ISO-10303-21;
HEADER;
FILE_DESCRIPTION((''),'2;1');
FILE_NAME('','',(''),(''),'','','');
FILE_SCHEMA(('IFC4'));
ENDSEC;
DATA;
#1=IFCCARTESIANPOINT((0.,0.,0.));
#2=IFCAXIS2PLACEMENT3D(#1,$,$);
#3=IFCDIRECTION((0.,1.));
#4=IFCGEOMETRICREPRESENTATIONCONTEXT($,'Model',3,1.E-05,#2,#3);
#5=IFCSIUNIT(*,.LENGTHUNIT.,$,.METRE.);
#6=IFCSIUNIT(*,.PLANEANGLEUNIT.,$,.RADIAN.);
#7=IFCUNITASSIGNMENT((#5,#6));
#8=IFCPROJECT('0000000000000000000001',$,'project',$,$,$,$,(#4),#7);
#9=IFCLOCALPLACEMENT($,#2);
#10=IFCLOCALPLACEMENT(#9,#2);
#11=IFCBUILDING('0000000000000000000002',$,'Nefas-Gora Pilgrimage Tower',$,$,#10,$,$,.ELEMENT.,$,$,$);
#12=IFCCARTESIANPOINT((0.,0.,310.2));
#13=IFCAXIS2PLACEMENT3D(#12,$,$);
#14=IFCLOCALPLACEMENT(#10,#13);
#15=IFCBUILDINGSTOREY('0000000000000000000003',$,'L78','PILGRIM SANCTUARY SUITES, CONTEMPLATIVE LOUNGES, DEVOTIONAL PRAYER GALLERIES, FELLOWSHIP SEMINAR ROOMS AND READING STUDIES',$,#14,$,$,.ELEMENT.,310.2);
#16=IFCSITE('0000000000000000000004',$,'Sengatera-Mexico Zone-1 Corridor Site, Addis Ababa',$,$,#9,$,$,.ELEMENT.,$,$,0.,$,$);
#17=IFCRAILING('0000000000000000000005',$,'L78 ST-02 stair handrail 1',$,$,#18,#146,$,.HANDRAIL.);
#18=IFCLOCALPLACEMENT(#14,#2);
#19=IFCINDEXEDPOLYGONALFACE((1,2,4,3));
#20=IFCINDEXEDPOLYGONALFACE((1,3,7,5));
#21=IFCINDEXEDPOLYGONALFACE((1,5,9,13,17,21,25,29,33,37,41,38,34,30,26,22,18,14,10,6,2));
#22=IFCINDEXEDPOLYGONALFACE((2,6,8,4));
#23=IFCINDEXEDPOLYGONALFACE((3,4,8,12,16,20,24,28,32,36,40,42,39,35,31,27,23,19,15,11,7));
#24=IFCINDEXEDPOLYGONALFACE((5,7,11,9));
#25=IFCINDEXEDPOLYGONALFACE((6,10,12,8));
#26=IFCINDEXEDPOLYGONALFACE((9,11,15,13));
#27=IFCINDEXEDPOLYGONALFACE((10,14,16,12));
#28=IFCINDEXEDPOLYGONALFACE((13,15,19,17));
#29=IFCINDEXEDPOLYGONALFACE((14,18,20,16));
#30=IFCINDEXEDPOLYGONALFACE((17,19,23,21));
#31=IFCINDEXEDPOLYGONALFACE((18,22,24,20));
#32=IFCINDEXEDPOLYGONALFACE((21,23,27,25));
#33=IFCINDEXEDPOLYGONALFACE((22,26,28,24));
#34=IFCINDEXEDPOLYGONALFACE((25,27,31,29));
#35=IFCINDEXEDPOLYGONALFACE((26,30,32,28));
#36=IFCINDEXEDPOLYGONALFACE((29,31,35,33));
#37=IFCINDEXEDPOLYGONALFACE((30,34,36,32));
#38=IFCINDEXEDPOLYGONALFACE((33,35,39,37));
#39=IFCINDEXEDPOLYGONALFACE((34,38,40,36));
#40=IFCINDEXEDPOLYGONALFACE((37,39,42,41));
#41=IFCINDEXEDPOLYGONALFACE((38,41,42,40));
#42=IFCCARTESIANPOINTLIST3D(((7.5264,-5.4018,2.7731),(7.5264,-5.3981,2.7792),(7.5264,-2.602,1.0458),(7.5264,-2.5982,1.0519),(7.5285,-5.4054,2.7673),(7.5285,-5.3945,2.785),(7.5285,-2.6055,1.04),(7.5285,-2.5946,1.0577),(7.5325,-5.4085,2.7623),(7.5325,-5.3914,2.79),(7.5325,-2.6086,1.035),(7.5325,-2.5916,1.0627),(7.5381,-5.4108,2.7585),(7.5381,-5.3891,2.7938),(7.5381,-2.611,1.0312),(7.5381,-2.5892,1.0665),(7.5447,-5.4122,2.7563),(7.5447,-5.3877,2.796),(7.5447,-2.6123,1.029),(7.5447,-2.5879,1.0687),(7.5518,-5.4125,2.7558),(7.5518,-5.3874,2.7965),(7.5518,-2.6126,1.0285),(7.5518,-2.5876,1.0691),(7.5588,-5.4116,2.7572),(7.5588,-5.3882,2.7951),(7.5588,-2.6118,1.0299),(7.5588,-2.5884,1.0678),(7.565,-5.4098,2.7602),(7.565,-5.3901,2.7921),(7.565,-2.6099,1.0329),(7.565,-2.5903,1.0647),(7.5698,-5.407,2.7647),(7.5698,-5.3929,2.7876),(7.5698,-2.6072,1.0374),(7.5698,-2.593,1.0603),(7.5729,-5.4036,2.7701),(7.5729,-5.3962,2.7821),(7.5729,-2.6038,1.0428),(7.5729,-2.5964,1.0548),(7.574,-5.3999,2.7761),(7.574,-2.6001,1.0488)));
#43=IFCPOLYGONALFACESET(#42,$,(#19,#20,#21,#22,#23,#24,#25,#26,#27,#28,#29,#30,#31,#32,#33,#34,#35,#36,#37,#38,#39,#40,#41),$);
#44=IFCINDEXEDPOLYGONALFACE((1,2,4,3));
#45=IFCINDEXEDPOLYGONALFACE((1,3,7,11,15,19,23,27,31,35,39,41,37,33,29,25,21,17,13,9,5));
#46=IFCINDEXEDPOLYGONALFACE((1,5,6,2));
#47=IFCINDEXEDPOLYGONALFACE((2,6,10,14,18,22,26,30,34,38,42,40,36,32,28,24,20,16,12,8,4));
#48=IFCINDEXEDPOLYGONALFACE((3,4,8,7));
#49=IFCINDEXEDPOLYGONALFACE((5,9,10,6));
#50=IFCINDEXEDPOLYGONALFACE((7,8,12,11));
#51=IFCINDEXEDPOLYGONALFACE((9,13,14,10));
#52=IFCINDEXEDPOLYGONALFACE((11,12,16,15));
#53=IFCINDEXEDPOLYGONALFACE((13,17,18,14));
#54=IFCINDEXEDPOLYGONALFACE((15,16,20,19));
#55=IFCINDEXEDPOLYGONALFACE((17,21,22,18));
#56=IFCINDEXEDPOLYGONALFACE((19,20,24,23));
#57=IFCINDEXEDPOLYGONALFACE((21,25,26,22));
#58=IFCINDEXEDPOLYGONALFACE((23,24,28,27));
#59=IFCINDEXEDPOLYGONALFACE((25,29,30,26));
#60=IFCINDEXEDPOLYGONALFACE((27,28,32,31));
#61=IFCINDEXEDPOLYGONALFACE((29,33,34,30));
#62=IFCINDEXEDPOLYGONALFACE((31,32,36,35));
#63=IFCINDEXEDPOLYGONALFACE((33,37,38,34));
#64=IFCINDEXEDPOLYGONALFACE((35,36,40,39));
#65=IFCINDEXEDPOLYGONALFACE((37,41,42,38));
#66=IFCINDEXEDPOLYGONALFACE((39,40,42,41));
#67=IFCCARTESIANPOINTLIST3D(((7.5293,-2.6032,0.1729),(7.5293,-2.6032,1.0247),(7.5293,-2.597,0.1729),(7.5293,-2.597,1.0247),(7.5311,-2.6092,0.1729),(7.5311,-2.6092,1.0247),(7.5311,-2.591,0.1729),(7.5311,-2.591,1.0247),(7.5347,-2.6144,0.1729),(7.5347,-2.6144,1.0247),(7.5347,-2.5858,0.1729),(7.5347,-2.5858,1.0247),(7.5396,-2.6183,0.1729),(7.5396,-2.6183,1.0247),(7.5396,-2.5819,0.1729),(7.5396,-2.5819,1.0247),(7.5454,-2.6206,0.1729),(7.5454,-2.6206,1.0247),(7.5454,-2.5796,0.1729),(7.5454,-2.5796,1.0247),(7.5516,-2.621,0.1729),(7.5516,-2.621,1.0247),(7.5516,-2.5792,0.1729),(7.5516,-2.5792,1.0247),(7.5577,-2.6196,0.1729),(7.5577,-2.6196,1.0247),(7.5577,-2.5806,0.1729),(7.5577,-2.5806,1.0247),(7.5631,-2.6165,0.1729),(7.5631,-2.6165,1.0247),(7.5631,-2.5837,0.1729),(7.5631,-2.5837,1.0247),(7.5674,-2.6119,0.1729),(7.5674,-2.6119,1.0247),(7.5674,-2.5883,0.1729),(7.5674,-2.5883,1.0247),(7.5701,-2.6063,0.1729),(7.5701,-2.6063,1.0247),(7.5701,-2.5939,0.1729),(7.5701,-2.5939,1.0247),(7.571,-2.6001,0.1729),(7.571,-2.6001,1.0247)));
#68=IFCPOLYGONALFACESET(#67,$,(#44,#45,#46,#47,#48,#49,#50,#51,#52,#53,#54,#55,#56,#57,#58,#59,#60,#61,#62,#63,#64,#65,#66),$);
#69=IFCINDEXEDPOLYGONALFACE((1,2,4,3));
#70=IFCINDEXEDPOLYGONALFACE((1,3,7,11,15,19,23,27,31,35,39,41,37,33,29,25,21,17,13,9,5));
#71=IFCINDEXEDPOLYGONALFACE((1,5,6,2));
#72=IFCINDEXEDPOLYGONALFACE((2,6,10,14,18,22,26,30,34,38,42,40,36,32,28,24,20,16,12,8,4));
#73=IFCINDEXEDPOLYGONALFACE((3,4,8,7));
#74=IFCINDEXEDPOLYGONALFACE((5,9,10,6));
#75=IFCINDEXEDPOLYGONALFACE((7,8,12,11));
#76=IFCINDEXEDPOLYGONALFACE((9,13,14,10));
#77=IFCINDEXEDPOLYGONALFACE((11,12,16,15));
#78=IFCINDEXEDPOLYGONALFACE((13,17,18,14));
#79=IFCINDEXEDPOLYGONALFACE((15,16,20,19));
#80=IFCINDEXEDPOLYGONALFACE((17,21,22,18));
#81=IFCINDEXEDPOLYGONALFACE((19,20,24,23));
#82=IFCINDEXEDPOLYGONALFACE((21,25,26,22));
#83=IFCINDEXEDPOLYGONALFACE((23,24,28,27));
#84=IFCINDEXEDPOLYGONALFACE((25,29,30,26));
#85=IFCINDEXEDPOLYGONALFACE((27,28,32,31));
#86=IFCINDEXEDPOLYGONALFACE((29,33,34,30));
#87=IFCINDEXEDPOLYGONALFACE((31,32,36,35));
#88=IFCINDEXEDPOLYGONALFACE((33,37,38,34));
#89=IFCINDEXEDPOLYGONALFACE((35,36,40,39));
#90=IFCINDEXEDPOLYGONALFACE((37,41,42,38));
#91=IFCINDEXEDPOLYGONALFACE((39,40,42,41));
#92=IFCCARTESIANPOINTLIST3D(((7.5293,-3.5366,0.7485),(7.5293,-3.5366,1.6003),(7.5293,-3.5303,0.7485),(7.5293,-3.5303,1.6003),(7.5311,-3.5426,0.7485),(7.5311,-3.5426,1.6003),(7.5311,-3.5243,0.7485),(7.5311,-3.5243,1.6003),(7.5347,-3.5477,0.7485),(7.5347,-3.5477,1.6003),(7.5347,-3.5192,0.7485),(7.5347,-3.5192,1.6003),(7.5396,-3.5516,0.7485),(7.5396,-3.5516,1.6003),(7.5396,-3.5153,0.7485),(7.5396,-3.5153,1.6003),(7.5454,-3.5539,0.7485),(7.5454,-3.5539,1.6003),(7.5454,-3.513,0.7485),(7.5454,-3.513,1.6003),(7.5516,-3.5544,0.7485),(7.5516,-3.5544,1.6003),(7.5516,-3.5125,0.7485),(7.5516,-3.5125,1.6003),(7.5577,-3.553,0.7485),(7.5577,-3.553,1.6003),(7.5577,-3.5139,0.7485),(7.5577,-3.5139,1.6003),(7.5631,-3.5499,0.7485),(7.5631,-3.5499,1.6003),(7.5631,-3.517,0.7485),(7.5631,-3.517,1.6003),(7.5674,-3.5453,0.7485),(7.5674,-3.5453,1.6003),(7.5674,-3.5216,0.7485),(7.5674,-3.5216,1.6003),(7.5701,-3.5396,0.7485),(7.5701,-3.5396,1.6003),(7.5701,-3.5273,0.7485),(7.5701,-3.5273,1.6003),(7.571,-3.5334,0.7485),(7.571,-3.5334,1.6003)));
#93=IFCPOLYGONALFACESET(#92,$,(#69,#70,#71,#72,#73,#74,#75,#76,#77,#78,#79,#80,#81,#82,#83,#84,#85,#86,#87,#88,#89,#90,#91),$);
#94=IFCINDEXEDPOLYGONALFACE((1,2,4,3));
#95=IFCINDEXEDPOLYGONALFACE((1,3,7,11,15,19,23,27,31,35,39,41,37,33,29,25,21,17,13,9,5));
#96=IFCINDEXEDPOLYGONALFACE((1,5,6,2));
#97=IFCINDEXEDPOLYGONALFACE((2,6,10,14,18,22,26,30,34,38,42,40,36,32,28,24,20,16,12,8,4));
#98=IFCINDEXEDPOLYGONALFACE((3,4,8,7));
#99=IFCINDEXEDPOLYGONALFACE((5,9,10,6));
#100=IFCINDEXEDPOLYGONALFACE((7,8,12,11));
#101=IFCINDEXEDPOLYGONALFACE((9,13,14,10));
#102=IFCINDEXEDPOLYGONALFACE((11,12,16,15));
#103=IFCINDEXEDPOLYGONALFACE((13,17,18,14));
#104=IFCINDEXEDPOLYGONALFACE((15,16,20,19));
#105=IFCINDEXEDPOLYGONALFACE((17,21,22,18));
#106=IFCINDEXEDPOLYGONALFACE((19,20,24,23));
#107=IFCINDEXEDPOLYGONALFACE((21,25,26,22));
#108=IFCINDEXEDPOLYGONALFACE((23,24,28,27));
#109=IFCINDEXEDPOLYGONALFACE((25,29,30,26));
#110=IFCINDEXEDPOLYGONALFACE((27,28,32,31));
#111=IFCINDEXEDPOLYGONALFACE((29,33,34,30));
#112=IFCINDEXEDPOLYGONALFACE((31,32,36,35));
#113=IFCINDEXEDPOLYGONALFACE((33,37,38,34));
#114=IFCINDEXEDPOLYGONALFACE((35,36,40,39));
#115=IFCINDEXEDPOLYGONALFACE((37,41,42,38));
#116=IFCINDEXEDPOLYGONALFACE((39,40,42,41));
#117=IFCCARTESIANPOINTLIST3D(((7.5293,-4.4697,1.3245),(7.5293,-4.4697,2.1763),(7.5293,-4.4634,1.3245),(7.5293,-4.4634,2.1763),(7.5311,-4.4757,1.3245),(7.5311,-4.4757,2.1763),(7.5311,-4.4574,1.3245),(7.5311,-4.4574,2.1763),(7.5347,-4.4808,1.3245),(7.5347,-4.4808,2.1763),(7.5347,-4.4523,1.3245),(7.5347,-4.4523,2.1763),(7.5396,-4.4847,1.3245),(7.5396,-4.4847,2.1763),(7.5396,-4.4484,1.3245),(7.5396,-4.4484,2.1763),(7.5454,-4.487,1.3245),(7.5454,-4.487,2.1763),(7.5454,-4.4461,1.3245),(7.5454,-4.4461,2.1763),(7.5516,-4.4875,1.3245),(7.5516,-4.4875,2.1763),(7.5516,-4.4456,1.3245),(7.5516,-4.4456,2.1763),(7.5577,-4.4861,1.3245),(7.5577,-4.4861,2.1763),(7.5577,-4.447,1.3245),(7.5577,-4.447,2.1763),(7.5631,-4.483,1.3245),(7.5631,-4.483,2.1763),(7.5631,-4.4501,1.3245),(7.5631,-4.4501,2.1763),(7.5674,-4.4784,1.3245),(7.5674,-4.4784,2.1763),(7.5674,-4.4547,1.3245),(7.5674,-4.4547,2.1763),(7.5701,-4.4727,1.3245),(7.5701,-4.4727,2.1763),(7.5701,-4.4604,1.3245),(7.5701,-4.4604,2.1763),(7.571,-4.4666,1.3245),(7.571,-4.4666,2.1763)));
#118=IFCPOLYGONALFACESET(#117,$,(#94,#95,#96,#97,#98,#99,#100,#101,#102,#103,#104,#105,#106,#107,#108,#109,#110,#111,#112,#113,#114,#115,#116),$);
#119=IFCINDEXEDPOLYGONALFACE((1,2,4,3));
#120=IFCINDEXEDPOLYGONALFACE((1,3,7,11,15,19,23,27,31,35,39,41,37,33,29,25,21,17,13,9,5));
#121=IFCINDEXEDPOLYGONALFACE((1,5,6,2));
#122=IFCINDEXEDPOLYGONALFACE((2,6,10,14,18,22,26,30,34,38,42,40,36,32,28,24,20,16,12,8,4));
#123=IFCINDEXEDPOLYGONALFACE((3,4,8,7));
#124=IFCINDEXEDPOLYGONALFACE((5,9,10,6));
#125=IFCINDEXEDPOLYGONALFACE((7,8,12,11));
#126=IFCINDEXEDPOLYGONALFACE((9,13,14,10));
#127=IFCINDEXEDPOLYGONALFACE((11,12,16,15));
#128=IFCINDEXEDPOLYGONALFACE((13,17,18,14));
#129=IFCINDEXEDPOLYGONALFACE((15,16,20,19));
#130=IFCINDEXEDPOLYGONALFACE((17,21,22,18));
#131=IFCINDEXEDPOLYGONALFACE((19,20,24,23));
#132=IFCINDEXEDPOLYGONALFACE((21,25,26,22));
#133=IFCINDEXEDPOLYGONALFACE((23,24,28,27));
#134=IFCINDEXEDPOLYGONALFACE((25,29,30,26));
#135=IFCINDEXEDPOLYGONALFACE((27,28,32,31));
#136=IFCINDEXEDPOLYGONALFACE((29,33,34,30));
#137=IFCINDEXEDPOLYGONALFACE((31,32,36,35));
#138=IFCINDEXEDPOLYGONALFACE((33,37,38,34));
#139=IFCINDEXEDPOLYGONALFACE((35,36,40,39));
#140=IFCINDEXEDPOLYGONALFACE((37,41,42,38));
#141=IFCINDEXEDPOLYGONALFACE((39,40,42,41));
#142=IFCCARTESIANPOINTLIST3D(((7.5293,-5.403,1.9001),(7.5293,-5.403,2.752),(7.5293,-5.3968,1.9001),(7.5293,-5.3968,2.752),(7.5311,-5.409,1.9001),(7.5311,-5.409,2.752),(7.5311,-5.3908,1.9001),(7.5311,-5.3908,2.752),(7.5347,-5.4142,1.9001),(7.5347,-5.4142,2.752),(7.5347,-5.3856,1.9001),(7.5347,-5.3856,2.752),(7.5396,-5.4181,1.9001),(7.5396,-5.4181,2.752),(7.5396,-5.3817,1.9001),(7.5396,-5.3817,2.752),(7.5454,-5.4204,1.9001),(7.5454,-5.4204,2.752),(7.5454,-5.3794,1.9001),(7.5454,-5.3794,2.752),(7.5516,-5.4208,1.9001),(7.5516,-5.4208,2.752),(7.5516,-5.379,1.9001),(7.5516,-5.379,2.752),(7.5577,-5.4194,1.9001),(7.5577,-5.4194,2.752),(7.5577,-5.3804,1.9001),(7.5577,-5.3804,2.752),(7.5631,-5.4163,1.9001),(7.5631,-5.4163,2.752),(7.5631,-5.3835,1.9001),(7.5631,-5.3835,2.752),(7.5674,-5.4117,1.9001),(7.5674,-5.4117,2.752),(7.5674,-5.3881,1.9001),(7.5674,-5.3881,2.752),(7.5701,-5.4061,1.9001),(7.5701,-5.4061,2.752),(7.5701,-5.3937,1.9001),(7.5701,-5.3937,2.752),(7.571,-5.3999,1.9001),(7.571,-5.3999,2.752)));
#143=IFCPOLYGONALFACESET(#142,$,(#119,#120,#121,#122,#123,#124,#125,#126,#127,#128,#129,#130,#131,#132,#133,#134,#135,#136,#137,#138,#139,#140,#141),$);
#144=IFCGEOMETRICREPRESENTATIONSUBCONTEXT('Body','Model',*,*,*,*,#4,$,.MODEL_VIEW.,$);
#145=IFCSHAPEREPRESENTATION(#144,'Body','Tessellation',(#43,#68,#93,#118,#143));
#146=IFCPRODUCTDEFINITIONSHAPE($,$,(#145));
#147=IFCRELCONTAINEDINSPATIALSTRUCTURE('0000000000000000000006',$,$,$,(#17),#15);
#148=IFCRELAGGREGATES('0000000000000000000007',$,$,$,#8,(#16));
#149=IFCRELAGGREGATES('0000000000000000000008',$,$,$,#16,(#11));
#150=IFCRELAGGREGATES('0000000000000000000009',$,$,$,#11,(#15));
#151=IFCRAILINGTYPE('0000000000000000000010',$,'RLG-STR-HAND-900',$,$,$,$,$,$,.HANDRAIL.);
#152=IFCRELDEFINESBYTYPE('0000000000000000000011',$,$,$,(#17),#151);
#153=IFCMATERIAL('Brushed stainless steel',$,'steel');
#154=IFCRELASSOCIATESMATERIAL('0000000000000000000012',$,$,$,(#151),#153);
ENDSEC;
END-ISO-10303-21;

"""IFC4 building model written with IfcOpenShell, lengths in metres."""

from ifc_helpers import new_model, si_unit, direction, frame, origin, origin_2d, place, context, subcontext, project, spatial, circle, extrude, material, type_object, element, save


model = new_model("IFC4")

# Units and contexts
model_context = context("Model", 3, precision=1e-05, world=origin(), true_north=direction((0.0, 1.0)))
body_context = subcontext(model_context, "Body", "Model", "MODEL_VIEW")
ifc_project = project(units=[si_unit("LENGTHUNIT", "METRE"), si_unit("PLANEANGLEUNIT", "RADIAN")], contexts=[model_context])

# Site, building, storey
site_placement = place(None, origin())
site = spatial("IfcSite", under=ifc_project, at=site_placement, Name="Sengatera-Mexico Zone-1 Corridor Site, Addis Ababa", CompositionType="ELEMENT", RefElevation=0.0)
building_placement = place(site_placement, origin())
building = spatial("IfcBuilding", under=site, at=building_placement, Name="Nefas-Gora Pilgrimage Tower", CompositionType="ELEMENT")
storey_placement = place(building_placement, frame((0.0, 0.0, 310.2)))
storey = spatial("IfcBuildingStorey", under=building, at=storey_placement, Name="L78", Description="PILGRIM SANCTUARY SUITES, CONTEMPLATIVE LOUNGES, DEVOTIONAL PRAYER GALLERIES, FELLOWSHIP SEMINAR ROOMS AND READING STUDIES", CompositionType="ELEMENT", Elevation=310.2)

# Railing
ifc_material_1 = material(Name="Brushed stainless steel", Category="steel")
railing_type_1 = type_object("IfcRailingType", Name="RLG-STR-HAND-900", PredefinedType="HANDRAIL", material=ifc_material_1)
railing_1_placement = place(storey_placement, frame((7.55, -2.6001, 0.1729)))
element("IfcRailing", 1, at=railing_1_placement, inside=storey, type_object=railing_type_1, Name="L78 ST-02 stair handrail 1", PredefinedType="HANDRAIL", context=body_context, shape_type="SweptSolid", body=[
    extrude(circle(Radius=0.0239, at=origin_2d()), frame((0.0, 0.0, 0.876), z_axis=(0.0, -0.851069, 0.525054), x_axis=(1.0, 0.0, 0.0)), (0.0, 0.0, 1.0), 3.2898),
    extrude(circle(Radius=0.021, at=origin_2d()), origin(), (0.0, 0.0, 1.0), 0.8518),
    extrude(circle(Radius=0.021, at=origin_2d()), frame((0.0, -0.9333, 0.5757)), (0.0, 0.0, 1.0), 0.8518),
    extrude(circle(Radius=0.021, at=origin_2d()), frame((0.0, -1.8665, 1.1516)), (0.0, 0.0, 1.0), 0.8518),
    extrude(circle(Radius=0.021, at=origin_2d()), frame((0.0, -2.7998, 1.7273)), (0.0, 0.0, 1.0), 0.8518),
])

save(model, "model.ifc")
